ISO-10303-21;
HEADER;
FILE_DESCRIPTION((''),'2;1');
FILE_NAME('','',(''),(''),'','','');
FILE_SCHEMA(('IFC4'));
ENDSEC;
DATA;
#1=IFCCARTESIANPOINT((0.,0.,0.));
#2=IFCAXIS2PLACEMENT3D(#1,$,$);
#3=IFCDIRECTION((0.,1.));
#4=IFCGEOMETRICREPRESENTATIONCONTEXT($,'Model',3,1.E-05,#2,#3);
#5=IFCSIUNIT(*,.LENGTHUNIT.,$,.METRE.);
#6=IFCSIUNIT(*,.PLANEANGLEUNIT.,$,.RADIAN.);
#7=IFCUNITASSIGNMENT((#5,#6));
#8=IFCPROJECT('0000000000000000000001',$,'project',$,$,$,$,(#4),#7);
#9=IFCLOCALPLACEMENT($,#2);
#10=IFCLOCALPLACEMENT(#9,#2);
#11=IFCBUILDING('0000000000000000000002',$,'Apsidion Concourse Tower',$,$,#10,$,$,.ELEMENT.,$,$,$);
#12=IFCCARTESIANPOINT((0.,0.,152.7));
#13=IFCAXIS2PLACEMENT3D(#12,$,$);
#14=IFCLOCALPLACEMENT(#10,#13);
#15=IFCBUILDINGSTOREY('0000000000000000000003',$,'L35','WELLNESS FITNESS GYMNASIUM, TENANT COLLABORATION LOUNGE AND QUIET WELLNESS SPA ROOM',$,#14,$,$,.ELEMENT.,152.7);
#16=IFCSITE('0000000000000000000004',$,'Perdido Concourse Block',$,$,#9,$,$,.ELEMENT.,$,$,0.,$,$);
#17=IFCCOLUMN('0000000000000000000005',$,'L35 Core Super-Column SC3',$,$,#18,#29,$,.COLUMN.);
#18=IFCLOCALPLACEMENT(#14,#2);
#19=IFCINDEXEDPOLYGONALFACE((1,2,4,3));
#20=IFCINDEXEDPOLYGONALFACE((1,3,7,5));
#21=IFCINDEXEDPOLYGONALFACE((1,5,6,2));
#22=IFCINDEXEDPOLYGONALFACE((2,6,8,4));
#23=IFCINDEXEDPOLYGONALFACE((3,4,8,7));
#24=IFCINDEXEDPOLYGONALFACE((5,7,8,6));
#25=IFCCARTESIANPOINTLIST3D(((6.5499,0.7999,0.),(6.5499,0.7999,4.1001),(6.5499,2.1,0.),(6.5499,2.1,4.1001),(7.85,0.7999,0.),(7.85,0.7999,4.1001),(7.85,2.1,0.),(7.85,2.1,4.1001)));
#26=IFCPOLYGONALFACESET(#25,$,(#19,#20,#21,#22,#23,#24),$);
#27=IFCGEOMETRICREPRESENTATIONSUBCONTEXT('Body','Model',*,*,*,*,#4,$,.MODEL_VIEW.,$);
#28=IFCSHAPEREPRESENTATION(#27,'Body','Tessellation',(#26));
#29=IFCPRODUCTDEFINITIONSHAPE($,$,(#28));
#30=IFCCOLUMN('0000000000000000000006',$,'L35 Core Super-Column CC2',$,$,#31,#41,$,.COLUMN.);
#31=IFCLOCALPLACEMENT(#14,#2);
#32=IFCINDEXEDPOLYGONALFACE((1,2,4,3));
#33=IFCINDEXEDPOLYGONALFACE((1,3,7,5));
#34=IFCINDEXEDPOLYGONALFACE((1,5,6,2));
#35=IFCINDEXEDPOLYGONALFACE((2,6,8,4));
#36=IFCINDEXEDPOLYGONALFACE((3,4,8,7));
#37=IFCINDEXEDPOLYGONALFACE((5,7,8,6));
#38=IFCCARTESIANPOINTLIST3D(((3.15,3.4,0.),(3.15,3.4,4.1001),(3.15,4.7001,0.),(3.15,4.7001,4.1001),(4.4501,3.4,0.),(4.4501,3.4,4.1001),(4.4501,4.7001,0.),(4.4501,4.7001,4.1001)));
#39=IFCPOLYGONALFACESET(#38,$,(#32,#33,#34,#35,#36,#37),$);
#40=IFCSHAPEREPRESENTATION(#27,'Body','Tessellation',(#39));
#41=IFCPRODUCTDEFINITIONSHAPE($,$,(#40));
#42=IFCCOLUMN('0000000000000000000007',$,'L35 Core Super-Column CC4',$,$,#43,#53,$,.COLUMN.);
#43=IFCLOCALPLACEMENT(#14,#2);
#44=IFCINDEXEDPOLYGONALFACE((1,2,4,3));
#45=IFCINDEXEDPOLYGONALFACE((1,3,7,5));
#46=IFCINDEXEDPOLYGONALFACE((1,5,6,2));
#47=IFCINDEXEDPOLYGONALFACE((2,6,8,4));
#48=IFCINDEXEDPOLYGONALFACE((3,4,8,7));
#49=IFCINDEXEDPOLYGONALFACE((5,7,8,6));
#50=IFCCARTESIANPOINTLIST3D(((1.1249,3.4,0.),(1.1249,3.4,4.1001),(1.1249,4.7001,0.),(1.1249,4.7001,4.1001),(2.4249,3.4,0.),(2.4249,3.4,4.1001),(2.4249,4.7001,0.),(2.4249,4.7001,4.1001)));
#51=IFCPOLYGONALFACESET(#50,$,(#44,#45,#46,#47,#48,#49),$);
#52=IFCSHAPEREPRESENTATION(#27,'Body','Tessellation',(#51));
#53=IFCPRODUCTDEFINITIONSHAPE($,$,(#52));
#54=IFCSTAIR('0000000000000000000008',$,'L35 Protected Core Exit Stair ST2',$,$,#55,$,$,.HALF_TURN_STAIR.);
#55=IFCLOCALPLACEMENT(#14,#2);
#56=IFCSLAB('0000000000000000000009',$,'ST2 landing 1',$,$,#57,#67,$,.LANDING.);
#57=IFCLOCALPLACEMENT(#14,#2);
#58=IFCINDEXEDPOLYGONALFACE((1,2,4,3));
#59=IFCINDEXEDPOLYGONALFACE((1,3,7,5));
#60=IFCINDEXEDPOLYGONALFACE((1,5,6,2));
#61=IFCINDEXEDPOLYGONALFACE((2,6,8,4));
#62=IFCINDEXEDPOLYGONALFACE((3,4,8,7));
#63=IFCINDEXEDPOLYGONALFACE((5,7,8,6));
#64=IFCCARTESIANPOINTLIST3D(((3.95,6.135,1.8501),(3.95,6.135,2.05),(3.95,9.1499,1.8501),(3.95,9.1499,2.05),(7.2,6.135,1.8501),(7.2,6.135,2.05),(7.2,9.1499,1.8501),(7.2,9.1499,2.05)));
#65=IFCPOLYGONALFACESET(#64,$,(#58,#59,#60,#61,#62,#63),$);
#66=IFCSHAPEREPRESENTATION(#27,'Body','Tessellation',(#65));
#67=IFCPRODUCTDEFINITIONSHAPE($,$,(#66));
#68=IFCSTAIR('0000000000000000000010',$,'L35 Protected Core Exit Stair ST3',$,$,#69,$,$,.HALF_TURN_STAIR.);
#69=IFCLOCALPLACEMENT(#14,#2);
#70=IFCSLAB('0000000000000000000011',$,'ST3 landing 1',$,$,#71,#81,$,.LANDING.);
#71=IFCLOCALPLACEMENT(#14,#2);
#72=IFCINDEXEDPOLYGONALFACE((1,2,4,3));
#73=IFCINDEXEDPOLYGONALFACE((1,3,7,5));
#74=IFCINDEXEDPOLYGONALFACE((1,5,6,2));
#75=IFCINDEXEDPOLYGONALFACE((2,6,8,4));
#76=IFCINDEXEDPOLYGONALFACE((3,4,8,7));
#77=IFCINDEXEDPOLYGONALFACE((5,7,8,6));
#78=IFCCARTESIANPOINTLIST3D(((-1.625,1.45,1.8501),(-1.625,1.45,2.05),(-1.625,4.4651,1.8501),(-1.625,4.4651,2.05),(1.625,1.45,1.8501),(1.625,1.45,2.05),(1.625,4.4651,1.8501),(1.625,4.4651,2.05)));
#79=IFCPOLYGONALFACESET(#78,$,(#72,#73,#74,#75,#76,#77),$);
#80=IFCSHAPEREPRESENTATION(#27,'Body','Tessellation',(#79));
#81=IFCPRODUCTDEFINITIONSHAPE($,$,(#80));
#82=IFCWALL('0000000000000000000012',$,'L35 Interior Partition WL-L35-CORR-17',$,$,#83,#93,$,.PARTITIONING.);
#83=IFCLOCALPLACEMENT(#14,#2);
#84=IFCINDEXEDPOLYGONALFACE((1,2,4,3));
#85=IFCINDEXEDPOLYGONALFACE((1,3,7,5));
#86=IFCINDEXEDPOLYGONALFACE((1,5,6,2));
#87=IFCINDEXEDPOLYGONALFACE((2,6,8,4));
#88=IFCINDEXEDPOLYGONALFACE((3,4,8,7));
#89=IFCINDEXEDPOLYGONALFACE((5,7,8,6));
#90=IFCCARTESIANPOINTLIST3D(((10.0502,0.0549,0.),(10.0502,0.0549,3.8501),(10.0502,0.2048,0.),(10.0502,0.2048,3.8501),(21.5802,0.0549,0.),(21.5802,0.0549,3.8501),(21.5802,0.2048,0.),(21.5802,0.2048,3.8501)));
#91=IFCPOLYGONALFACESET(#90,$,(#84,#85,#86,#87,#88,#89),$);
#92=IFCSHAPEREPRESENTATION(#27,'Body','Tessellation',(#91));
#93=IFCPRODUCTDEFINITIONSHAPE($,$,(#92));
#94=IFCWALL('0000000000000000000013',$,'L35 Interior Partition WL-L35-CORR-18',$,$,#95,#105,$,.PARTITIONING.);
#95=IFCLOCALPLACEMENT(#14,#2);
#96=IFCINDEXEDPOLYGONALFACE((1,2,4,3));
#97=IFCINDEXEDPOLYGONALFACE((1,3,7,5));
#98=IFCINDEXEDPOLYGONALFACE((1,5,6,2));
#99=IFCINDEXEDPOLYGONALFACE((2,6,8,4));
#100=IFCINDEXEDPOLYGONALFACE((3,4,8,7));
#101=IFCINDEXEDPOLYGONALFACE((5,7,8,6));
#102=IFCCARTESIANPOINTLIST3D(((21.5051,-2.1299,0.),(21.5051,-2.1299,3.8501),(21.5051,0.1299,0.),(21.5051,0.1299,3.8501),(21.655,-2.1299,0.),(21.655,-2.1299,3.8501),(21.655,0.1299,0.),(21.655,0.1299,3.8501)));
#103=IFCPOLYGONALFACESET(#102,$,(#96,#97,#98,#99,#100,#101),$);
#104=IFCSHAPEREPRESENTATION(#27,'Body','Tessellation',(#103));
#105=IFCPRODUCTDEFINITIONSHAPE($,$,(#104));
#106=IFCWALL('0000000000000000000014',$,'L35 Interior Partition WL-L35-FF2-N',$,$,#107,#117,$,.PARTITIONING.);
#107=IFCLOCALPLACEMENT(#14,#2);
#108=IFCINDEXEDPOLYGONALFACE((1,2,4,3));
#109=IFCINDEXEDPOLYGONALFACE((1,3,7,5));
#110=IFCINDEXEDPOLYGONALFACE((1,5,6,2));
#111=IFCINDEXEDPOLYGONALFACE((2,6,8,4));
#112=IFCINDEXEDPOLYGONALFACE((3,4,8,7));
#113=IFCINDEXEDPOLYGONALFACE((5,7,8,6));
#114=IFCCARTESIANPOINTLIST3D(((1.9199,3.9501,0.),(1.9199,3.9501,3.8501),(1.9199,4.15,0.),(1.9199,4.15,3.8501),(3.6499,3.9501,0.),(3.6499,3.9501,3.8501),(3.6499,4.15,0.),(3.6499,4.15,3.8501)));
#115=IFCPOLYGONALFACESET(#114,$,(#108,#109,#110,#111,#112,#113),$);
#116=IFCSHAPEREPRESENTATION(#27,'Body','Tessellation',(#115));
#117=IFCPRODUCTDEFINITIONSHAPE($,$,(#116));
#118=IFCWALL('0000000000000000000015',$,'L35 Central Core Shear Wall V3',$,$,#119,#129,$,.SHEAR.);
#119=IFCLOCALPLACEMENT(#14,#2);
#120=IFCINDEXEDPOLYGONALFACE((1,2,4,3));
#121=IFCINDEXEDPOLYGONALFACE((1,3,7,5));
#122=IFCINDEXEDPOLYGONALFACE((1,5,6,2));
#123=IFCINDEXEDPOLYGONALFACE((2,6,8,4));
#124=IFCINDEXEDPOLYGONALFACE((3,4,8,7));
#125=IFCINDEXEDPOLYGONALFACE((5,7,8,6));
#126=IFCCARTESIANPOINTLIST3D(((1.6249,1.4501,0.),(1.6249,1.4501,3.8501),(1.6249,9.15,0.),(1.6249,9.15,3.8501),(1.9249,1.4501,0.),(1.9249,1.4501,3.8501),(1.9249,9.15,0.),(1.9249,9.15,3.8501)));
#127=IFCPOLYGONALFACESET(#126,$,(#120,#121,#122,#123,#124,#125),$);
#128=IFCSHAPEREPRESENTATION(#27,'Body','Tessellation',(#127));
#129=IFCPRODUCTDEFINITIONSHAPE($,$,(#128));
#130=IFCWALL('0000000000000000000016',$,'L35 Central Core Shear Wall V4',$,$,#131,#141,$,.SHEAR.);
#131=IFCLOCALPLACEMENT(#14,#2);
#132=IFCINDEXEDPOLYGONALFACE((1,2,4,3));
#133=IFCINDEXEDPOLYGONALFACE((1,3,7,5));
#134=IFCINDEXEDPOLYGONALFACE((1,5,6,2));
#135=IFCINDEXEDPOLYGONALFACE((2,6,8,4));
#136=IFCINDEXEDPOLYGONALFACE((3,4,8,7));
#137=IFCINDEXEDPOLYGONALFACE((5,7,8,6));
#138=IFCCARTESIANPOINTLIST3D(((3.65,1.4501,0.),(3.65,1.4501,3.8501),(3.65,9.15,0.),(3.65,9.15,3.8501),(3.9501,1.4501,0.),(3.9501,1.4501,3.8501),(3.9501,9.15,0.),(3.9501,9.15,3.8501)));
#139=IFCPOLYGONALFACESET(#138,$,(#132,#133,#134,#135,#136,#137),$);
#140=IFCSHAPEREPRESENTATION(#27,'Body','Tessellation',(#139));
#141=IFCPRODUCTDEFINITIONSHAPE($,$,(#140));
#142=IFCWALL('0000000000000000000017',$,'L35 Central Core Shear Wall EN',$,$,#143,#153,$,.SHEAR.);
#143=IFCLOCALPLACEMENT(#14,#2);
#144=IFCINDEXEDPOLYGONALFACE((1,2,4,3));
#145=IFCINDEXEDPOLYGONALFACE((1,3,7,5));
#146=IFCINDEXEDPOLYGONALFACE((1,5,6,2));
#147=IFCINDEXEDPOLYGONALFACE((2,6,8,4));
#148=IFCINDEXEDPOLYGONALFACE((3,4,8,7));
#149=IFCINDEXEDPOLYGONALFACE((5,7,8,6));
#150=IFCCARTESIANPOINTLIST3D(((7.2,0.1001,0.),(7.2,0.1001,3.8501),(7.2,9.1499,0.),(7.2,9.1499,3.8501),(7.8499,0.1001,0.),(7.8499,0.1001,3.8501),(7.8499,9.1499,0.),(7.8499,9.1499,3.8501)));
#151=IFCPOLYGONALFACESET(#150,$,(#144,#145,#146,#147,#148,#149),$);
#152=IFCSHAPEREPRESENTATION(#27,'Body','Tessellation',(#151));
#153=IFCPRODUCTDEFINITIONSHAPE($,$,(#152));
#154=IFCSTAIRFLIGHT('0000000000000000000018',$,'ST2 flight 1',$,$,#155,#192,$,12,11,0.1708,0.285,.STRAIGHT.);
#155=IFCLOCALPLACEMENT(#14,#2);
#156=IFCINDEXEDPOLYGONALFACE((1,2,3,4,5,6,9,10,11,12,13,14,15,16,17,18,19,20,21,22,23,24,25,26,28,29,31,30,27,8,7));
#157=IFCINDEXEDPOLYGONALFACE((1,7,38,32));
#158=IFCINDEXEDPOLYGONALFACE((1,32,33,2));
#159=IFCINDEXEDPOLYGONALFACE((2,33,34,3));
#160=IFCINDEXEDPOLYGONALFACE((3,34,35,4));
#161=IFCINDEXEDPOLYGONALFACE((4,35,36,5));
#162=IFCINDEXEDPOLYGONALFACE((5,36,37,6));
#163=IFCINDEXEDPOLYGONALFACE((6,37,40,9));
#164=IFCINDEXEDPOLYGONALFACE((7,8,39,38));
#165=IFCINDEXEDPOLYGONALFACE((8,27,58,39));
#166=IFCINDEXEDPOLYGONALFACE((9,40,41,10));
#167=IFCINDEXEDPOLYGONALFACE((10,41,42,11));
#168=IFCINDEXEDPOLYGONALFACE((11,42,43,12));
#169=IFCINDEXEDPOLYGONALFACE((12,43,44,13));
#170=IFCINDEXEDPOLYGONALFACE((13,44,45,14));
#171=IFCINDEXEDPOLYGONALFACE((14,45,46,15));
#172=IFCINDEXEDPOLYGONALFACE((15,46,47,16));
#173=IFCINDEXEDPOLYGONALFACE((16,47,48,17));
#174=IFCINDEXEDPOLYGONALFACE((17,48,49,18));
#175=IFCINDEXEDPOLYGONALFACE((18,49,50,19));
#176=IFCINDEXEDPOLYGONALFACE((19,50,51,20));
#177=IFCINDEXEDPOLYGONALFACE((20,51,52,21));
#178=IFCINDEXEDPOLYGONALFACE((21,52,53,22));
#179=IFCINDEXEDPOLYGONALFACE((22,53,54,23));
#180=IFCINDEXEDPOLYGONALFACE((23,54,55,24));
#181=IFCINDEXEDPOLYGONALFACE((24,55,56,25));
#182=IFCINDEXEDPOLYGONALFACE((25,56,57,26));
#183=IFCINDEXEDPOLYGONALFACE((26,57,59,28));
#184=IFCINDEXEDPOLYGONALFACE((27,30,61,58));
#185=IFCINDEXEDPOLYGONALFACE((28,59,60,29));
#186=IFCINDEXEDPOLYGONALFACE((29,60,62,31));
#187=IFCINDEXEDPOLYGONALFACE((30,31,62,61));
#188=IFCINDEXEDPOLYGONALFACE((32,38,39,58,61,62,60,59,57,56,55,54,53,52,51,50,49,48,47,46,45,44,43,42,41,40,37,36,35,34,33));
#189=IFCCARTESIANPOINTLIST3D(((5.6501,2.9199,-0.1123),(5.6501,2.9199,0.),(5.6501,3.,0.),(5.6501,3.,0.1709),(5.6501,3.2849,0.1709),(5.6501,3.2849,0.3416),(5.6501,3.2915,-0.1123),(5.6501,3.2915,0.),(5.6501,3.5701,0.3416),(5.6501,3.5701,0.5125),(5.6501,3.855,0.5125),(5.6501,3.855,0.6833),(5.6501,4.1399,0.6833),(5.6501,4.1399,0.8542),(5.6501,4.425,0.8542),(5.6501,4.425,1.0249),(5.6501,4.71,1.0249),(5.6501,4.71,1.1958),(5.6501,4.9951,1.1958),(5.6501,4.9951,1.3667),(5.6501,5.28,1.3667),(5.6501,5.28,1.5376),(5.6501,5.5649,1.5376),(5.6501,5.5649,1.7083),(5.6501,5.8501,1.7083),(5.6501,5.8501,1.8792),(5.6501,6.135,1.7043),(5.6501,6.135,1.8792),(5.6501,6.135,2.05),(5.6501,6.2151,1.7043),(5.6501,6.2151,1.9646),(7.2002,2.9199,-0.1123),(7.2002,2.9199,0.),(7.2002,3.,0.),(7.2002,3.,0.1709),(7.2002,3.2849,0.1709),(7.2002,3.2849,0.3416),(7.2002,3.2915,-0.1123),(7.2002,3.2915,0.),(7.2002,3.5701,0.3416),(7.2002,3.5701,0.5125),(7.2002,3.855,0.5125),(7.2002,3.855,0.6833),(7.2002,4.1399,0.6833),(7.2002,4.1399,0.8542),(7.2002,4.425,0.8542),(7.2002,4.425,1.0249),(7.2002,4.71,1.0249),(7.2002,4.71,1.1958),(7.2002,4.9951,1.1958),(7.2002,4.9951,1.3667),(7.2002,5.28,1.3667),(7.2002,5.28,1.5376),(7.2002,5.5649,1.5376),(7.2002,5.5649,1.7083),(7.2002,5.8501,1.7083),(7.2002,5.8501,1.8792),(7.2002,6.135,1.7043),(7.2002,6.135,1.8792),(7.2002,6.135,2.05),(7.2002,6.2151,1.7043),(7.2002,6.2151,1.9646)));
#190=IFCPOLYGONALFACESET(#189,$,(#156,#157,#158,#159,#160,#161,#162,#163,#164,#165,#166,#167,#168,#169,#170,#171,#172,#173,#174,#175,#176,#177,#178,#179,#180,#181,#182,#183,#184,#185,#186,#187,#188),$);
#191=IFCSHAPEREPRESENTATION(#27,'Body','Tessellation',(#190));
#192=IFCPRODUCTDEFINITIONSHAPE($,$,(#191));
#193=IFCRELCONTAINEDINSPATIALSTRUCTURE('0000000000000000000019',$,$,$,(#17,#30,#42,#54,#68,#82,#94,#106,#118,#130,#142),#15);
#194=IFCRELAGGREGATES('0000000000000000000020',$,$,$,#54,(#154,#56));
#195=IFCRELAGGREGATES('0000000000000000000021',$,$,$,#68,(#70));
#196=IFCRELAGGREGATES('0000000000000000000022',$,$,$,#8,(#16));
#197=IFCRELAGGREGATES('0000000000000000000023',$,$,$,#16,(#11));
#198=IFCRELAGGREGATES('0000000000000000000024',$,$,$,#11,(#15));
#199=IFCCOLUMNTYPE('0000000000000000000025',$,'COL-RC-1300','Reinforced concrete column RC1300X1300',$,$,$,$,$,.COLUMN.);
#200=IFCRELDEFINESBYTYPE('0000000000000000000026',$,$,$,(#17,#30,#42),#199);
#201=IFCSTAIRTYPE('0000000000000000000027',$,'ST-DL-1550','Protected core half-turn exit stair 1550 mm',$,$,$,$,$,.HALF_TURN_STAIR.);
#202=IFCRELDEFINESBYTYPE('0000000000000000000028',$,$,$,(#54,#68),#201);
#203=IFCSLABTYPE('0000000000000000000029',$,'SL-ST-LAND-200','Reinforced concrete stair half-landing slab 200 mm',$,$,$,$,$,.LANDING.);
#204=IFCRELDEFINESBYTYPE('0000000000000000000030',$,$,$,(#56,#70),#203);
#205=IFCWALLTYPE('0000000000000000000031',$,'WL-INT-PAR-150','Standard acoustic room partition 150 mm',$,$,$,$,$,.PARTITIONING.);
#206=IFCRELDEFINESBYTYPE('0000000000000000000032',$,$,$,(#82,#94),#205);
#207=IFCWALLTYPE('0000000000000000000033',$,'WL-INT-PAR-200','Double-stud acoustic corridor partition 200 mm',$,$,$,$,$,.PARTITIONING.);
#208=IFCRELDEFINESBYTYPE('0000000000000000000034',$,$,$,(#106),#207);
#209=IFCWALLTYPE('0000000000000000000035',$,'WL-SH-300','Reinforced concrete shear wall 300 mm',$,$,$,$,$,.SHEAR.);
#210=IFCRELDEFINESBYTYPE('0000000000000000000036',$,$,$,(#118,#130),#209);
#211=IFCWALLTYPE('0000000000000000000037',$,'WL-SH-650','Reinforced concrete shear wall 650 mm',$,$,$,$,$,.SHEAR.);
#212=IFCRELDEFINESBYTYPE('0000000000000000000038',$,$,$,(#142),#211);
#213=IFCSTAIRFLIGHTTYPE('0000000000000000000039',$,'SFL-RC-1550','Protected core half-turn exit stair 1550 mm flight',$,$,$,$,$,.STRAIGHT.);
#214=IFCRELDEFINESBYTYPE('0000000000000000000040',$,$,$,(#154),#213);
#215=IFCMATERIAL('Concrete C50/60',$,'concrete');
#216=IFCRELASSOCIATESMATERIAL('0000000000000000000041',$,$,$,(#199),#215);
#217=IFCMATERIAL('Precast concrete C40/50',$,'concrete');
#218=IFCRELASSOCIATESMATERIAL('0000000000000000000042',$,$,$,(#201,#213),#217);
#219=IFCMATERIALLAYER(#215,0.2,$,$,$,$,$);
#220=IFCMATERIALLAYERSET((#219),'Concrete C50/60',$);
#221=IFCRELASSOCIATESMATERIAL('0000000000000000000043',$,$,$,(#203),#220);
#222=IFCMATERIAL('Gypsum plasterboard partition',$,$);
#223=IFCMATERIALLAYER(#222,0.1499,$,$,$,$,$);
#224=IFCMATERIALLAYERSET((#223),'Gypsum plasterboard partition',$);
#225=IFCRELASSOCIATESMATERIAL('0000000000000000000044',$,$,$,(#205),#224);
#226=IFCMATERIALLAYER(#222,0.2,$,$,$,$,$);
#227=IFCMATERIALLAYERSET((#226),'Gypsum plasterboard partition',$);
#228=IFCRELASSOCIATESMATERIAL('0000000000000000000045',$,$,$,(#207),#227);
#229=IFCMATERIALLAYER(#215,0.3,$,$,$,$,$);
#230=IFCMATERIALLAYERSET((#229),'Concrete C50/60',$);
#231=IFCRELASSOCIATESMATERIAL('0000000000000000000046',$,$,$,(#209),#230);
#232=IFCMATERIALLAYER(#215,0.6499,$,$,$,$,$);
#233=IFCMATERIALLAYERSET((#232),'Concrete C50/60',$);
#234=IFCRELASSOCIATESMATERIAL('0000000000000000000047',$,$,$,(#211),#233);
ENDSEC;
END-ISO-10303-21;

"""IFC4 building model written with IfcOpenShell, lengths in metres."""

from ifc_helpers import new_model, si_unit, direction, frame, frame_2d, origin, origin_2d, place, context, subcontext, project, spatial, polyline, rectangle, outline, extrude, material, layer, layer_set, material_profile, profile_set, type_object, element, aggregate, save


model = new_model("IFC4")

# Units and contexts
model_context = context("Model", 3, precision=1e-05, world=origin(), true_north=direction((0.0, 1.0)))
body_context = subcontext(model_context, "Body", "Model", "MODEL_VIEW")
ifc_project = project(units=[si_unit("LENGTHUNIT", "METRE"), si_unit("PLANEANGLEUNIT", "RADIAN")], contexts=[model_context])

# Site, building, storey
site_placement = place(None, origin())
site = spatial("IfcSite", under=ifc_project, at=site_placement, Name="Perdido Concourse Block", CompositionType="ELEMENT", RefElevation=0.0)
building_placement = place(site_placement, origin())
building = spatial("IfcBuilding", under=site, at=building_placement, Name="Apsidion Concourse Tower", CompositionType="ELEMENT")
storey_placement = place(building_placement, frame((0.0, 0.0, 152.7)))
storey = spatial("IfcBuildingStorey", under=building, at=storey_placement, Name="L35", Description="WELLNESS FITNESS GYMNASIUM, TENANT COLLABORATION LOUNGE AND QUIET WELLNESS SPA ROOM", CompositionType="ELEMENT", Elevation=152.7)

# Columns
ifc_material_1 = material(Name="Concrete C50/60", Category="concrete")
ifc_material_profile = material_profile(ifc_material_1, rectangle(XDim=1.3, YDim=1.3, at=origin_2d()), Name="RC 1300x1300")
ifc_profile_set = profile_set([ifc_material_profile], Name="Concrete C50/60")
column_type = type_object("IfcColumnType", Name="COL-RC-1300", Description="Reinforced concrete column RC1300X1300", PredefinedType="COLUMN", material=ifc_profile_set)
for number, where, z_axis, x_axis, name in (
    (1, (7.2, 1.45, 0.0), (0.0, 0.0, 1.0), (1.0, 0.0, 0.0), "L35 Core Super-Column SC3"),
    (2, (3.8, 4.05, 0.0), (0.0, 0.0, 1.0), (1.0, 0.0, 0.0), "L35 Core Super-Column CC2"),
    (3, (1.7749, 4.05, 0.0), (0.0, 0.0, 1.0), (1.0, 0.0, 0.0), "L35 Core Super-Column CC4"),
):
    element("IfcColumn", number, at=place(storey_placement, frame(where, z_axis=z_axis, x_axis=x_axis)), inside=storey, type_object=column_type, Name=name, PredefinedType="COLUMN", context=body_context, shape_type="SweptSolid", body=[
        extrude(rectangle(XDim=1.3, YDim=1.3, at=origin_2d()), origin(), (0.0, 0.0, 1.0), 4.1001),
    ])

# Stairs, slabs
ifc_material_2 = material(Name="Precast concrete C40/50", Category="concrete")
stair_type = type_object("IfcStairType", Name="ST-DL-1550", Description="Protected core half-turn exit stair 1550 mm", PredefinedType="HALF_TURN_STAIR", material=ifc_material_2)
stair_1_placement = place(storey_placement, origin())
stair_1 = element("IfcStair", 4, at=stair_1_placement, inside=storey, type_object=stair_type, Name="L35 Protected Core Exit Stair ST2", PredefinedType="HALF_TURN_STAIR")
ifc_layer_1 = layer(ifc_material_1, 0.2)
ifc_layer_set_1 = layer_set([ifc_layer_1], Name="Concrete C50/60")
slab_type = type_object("IfcSlabType", Name="SL-ST-LAND-200", Description="Reinforced concrete stair half-landing slab 200 mm", PredefinedType="LANDING", material=ifc_layer_set_1)
slab_1_placement = place(storey_placement, frame((0.0, 0.0, 1.8501)))
slab_1 = element("IfcSlab", 5, at=slab_1_placement, type_object=slab_type, Name="ST2 landing 1", PredefinedType="LANDING", context=body_context, shape_type="SweptSolid", body=[
    extrude(outline(polyline([(7.2, 6.135), (7.2, 9.1499), (3.95, 9.1499), (3.95, 6.135), (7.2, 6.135)])), origin(), (0.0, 0.0, 1.0), 0.2),
])
stair_2_placement = place(storey_placement, origin())
stair_2 = element("IfcStair", 6, at=stair_2_placement, inside=storey, type_object=stair_type, Name="L35 Protected Core Exit Stair ST3", PredefinedType="HALF_TURN_STAIR")
slab_2_placement = place(storey_placement, frame((0.0, 0.0, 1.8501)))
slab_2 = element("IfcSlab", 7, at=slab_2_placement, type_object=slab_type, Name="ST3 landing 1", PredefinedType="LANDING", context=body_context, shape_type="SweptSolid", body=[
    extrude(outline(polyline([(-1.625, 4.4651), (-1.625, 1.45), (1.625, 1.45), (1.625, 4.4651), (-1.625, 4.4651)])), origin(), (0.0, 0.0, 1.0), 0.2),
])

# Walls
ifc_material_3 = material(Name="Gypsum plasterboard partition")
ifc_layer_2 = layer(ifc_material_3, 0.1499)
ifc_layer_set_2 = layer_set([ifc_layer_2], Name="Gypsum plasterboard partition")
wall_type_1 = type_object("IfcWallType", Name="WL-INT-PAR-150", Description="Standard acoustic room partition 150 mm", PredefinedType="PARTITIONING", material=ifc_layer_set_2)
wall_1_placement = place(storey_placement, frame((10.05, 0.1299, 0.0), z_axis=(0.0, 0.0, 1.0), x_axis=(1.0, 0.0, 0.0)))
element("IfcWall", 8, at=wall_1_placement, inside=storey, type_object=wall_type_1, Name="L35 Interior Partition WL-L35-CORR-17", PredefinedType="PARTITIONING", context=body_context, shape_type="SweptSolid", body=[
    extrude(rectangle(XDim=11.53, YDim=0.1499, at=frame_2d((5.7651, 0.0))), origin(), (0.0, 0.0, 1.0), 3.8501),
])
wall_2_placement = place(storey_placement, frame((21.5801, 0.1299, 0.0), z_axis=(0.0, 0.0, 1.0), x_axis=(0.0, -1.0, 0.0)))
element("IfcWall", 9, at=wall_2_placement, inside=storey, type_object=wall_type_1, Name="L35 Interior Partition WL-L35-CORR-18", PredefinedType="PARTITIONING", context=body_context, shape_type="SweptSolid", body=[
    extrude(rectangle(XDim=2.2598, YDim=0.1499, at=frame_2d((1.1299, 0.0))), origin(), (0.0, 0.0, 1.0), 3.8501),
])
ifc_layer_3 = layer(ifc_material_3, 0.2)
ifc_layer_set_3 = layer_set([ifc_layer_3], Name="Gypsum plasterboard partition")
wall_type_2 = type_object("IfcWallType", Name="WL-INT-PAR-200", Description="Double-stud acoustic corridor partition 200 mm", PredefinedType="PARTITIONING", material=ifc_layer_set_3)
wall_3_placement = place(storey_placement, frame((1.9199, 4.05, 0.0), z_axis=(0.0, 0.0, 1.0), x_axis=(1.0, 0.0, 0.0)))
element("IfcWall", 10, at=wall_3_placement, inside=storey, type_object=wall_type_2, Name="L35 Interior Partition WL-L35-FF2-N", PredefinedType="PARTITIONING", context=body_context, shape_type="SweptSolid", body=[
    extrude(rectangle(XDim=1.73, YDim=0.2, at=frame_2d((0.865, 0.0))), origin(), (0.0, 0.0, 1.0), 3.8501),
])
ifc_layer_4 = layer(ifc_material_1, 0.3)
ifc_layer_set_4 = layer_set([ifc_layer_4], Name="Concrete C50/60")
wall_type_3 = type_object("IfcWallType", Name="WL-SH-300", Description="Reinforced concrete shear wall 300 mm", PredefinedType="SHEAR", material=ifc_layer_set_4)
for number, where, z_axis, x_axis, name in (
    (11, (1.7749, 1.45, 0.0), (0.0, 0.0, 1.0), (0.0, 1.0, 0.0), "L35 Central Core Shear Wall V3"),
    (12, (3.8, 1.45, 0.0), (0.0, 0.0, 1.0), (0.0, 1.0, 0.0), "L35 Central Core Shear Wall V4"),
):
    element("IfcWall", number, at=place(storey_placement, frame(where, z_axis=z_axis, x_axis=x_axis)), inside=storey, type_object=wall_type_3, Name=name, PredefinedType="SHEAR", context=body_context, shape_type="SweptSolid", body=[
        extrude(rectangle(XDim=7.7, YDim=0.3, at=frame_2d((3.8501, 0.0))), origin(), (0.0, 0.0, 1.0), 3.8501),
    ])
ifc_layer_5 = layer(ifc_material_1, 0.6499)
ifc_layer_set_5 = layer_set([ifc_layer_5], Name="Concrete C50/60")
wall_type_4 = type_object("IfcWallType", Name="WL-SH-650", Description="Reinforced concrete shear wall 650 mm", PredefinedType="SHEAR", material=ifc_layer_set_5)
wall_4_placement = place(storey_placement, frame((7.5249, 0.1001, 0.0), z_axis=(0.0, 0.0, 1.0), x_axis=(0.0, 1.0, 0.0)))
element("IfcWall", 13, at=wall_4_placement, inside=storey, type_object=wall_type_4, Name="L35 Central Core Shear Wall EN", PredefinedType="SHEAR", context=body_context, shape_type="SweptSolid", body=[
    extrude(rectangle(XDim=9.0498, YDim=0.6499, at=frame_2d((4.5249, 0.0))), origin(), (0.0, 0.0, 1.0), 3.8501),
])

# Stair flight
stair_flight_type = type_object("IfcStairFlightType", Name="SFL-RC-1550", Description="Protected core half-turn exit stair 1550 mm flight", PredefinedType="STRAIGHT", material=ifc_material_2)
stair_flight_1_placement = place(storey_placement, frame((6.425, 3.0, 0.0), z_axis=(0.0, 0.0, 1.0), x_axis=(0.0, 1.0, 0.0)))
stair_flight_1 = element("IfcStairFlight", 14, at=stair_flight_1_placement, type_object=stair_flight_type, Name="ST2 flight 1", NumberOfRisers=12, NumberOfTreads=11, PredefinedType="STRAIGHT", RiserHeight=0.1708, TreadLength=0.285, context=body_context, shape_type="SweptSolid", body=[
    extrude(outline(polyline([(-0.0801, -0.1123), (-0.0801, 0.0), (0.0, 0.0), (0.0, 0.1709), (0.2849, 0.1709), (0.2849, 0.3416), (0.5701, 0.3416), (0.5701, 0.5125), (0.855, 0.5125), (0.855, 0.6833), (1.1399, 0.6833), (1.1399, 0.8542), (1.425, 0.8542), (1.425, 1.0249), (1.71, 1.0249), (1.71, 1.1958), (1.9951, 1.1958), (1.9951, 1.3667), (2.28, 1.3667), (2.28, 1.5376), (2.5649, 1.5376), (2.5649, 1.7083), (2.8501, 1.7083), (2.8501, 1.8792), (3.135, 1.8792), (3.135, 2.05), (3.2151, 1.9646), (3.2151, 1.7043), (3.135, 1.7043), (0.2915, 0.0), (0.2915, -0.1123), (-0.0801, -0.1123)])), frame((0.0, 0.7749, 0.0), z_axis=(0.0, -1.0, 0.0), x_axis=(1.0, 0.0, 0.0)), (0.0, 0.0, 1.0), 1.55),
])
aggregate(stair_1, [stair_flight_1, slab_1])
aggregate(stair_2, [slab_2])

save(model, "model.ifc")
